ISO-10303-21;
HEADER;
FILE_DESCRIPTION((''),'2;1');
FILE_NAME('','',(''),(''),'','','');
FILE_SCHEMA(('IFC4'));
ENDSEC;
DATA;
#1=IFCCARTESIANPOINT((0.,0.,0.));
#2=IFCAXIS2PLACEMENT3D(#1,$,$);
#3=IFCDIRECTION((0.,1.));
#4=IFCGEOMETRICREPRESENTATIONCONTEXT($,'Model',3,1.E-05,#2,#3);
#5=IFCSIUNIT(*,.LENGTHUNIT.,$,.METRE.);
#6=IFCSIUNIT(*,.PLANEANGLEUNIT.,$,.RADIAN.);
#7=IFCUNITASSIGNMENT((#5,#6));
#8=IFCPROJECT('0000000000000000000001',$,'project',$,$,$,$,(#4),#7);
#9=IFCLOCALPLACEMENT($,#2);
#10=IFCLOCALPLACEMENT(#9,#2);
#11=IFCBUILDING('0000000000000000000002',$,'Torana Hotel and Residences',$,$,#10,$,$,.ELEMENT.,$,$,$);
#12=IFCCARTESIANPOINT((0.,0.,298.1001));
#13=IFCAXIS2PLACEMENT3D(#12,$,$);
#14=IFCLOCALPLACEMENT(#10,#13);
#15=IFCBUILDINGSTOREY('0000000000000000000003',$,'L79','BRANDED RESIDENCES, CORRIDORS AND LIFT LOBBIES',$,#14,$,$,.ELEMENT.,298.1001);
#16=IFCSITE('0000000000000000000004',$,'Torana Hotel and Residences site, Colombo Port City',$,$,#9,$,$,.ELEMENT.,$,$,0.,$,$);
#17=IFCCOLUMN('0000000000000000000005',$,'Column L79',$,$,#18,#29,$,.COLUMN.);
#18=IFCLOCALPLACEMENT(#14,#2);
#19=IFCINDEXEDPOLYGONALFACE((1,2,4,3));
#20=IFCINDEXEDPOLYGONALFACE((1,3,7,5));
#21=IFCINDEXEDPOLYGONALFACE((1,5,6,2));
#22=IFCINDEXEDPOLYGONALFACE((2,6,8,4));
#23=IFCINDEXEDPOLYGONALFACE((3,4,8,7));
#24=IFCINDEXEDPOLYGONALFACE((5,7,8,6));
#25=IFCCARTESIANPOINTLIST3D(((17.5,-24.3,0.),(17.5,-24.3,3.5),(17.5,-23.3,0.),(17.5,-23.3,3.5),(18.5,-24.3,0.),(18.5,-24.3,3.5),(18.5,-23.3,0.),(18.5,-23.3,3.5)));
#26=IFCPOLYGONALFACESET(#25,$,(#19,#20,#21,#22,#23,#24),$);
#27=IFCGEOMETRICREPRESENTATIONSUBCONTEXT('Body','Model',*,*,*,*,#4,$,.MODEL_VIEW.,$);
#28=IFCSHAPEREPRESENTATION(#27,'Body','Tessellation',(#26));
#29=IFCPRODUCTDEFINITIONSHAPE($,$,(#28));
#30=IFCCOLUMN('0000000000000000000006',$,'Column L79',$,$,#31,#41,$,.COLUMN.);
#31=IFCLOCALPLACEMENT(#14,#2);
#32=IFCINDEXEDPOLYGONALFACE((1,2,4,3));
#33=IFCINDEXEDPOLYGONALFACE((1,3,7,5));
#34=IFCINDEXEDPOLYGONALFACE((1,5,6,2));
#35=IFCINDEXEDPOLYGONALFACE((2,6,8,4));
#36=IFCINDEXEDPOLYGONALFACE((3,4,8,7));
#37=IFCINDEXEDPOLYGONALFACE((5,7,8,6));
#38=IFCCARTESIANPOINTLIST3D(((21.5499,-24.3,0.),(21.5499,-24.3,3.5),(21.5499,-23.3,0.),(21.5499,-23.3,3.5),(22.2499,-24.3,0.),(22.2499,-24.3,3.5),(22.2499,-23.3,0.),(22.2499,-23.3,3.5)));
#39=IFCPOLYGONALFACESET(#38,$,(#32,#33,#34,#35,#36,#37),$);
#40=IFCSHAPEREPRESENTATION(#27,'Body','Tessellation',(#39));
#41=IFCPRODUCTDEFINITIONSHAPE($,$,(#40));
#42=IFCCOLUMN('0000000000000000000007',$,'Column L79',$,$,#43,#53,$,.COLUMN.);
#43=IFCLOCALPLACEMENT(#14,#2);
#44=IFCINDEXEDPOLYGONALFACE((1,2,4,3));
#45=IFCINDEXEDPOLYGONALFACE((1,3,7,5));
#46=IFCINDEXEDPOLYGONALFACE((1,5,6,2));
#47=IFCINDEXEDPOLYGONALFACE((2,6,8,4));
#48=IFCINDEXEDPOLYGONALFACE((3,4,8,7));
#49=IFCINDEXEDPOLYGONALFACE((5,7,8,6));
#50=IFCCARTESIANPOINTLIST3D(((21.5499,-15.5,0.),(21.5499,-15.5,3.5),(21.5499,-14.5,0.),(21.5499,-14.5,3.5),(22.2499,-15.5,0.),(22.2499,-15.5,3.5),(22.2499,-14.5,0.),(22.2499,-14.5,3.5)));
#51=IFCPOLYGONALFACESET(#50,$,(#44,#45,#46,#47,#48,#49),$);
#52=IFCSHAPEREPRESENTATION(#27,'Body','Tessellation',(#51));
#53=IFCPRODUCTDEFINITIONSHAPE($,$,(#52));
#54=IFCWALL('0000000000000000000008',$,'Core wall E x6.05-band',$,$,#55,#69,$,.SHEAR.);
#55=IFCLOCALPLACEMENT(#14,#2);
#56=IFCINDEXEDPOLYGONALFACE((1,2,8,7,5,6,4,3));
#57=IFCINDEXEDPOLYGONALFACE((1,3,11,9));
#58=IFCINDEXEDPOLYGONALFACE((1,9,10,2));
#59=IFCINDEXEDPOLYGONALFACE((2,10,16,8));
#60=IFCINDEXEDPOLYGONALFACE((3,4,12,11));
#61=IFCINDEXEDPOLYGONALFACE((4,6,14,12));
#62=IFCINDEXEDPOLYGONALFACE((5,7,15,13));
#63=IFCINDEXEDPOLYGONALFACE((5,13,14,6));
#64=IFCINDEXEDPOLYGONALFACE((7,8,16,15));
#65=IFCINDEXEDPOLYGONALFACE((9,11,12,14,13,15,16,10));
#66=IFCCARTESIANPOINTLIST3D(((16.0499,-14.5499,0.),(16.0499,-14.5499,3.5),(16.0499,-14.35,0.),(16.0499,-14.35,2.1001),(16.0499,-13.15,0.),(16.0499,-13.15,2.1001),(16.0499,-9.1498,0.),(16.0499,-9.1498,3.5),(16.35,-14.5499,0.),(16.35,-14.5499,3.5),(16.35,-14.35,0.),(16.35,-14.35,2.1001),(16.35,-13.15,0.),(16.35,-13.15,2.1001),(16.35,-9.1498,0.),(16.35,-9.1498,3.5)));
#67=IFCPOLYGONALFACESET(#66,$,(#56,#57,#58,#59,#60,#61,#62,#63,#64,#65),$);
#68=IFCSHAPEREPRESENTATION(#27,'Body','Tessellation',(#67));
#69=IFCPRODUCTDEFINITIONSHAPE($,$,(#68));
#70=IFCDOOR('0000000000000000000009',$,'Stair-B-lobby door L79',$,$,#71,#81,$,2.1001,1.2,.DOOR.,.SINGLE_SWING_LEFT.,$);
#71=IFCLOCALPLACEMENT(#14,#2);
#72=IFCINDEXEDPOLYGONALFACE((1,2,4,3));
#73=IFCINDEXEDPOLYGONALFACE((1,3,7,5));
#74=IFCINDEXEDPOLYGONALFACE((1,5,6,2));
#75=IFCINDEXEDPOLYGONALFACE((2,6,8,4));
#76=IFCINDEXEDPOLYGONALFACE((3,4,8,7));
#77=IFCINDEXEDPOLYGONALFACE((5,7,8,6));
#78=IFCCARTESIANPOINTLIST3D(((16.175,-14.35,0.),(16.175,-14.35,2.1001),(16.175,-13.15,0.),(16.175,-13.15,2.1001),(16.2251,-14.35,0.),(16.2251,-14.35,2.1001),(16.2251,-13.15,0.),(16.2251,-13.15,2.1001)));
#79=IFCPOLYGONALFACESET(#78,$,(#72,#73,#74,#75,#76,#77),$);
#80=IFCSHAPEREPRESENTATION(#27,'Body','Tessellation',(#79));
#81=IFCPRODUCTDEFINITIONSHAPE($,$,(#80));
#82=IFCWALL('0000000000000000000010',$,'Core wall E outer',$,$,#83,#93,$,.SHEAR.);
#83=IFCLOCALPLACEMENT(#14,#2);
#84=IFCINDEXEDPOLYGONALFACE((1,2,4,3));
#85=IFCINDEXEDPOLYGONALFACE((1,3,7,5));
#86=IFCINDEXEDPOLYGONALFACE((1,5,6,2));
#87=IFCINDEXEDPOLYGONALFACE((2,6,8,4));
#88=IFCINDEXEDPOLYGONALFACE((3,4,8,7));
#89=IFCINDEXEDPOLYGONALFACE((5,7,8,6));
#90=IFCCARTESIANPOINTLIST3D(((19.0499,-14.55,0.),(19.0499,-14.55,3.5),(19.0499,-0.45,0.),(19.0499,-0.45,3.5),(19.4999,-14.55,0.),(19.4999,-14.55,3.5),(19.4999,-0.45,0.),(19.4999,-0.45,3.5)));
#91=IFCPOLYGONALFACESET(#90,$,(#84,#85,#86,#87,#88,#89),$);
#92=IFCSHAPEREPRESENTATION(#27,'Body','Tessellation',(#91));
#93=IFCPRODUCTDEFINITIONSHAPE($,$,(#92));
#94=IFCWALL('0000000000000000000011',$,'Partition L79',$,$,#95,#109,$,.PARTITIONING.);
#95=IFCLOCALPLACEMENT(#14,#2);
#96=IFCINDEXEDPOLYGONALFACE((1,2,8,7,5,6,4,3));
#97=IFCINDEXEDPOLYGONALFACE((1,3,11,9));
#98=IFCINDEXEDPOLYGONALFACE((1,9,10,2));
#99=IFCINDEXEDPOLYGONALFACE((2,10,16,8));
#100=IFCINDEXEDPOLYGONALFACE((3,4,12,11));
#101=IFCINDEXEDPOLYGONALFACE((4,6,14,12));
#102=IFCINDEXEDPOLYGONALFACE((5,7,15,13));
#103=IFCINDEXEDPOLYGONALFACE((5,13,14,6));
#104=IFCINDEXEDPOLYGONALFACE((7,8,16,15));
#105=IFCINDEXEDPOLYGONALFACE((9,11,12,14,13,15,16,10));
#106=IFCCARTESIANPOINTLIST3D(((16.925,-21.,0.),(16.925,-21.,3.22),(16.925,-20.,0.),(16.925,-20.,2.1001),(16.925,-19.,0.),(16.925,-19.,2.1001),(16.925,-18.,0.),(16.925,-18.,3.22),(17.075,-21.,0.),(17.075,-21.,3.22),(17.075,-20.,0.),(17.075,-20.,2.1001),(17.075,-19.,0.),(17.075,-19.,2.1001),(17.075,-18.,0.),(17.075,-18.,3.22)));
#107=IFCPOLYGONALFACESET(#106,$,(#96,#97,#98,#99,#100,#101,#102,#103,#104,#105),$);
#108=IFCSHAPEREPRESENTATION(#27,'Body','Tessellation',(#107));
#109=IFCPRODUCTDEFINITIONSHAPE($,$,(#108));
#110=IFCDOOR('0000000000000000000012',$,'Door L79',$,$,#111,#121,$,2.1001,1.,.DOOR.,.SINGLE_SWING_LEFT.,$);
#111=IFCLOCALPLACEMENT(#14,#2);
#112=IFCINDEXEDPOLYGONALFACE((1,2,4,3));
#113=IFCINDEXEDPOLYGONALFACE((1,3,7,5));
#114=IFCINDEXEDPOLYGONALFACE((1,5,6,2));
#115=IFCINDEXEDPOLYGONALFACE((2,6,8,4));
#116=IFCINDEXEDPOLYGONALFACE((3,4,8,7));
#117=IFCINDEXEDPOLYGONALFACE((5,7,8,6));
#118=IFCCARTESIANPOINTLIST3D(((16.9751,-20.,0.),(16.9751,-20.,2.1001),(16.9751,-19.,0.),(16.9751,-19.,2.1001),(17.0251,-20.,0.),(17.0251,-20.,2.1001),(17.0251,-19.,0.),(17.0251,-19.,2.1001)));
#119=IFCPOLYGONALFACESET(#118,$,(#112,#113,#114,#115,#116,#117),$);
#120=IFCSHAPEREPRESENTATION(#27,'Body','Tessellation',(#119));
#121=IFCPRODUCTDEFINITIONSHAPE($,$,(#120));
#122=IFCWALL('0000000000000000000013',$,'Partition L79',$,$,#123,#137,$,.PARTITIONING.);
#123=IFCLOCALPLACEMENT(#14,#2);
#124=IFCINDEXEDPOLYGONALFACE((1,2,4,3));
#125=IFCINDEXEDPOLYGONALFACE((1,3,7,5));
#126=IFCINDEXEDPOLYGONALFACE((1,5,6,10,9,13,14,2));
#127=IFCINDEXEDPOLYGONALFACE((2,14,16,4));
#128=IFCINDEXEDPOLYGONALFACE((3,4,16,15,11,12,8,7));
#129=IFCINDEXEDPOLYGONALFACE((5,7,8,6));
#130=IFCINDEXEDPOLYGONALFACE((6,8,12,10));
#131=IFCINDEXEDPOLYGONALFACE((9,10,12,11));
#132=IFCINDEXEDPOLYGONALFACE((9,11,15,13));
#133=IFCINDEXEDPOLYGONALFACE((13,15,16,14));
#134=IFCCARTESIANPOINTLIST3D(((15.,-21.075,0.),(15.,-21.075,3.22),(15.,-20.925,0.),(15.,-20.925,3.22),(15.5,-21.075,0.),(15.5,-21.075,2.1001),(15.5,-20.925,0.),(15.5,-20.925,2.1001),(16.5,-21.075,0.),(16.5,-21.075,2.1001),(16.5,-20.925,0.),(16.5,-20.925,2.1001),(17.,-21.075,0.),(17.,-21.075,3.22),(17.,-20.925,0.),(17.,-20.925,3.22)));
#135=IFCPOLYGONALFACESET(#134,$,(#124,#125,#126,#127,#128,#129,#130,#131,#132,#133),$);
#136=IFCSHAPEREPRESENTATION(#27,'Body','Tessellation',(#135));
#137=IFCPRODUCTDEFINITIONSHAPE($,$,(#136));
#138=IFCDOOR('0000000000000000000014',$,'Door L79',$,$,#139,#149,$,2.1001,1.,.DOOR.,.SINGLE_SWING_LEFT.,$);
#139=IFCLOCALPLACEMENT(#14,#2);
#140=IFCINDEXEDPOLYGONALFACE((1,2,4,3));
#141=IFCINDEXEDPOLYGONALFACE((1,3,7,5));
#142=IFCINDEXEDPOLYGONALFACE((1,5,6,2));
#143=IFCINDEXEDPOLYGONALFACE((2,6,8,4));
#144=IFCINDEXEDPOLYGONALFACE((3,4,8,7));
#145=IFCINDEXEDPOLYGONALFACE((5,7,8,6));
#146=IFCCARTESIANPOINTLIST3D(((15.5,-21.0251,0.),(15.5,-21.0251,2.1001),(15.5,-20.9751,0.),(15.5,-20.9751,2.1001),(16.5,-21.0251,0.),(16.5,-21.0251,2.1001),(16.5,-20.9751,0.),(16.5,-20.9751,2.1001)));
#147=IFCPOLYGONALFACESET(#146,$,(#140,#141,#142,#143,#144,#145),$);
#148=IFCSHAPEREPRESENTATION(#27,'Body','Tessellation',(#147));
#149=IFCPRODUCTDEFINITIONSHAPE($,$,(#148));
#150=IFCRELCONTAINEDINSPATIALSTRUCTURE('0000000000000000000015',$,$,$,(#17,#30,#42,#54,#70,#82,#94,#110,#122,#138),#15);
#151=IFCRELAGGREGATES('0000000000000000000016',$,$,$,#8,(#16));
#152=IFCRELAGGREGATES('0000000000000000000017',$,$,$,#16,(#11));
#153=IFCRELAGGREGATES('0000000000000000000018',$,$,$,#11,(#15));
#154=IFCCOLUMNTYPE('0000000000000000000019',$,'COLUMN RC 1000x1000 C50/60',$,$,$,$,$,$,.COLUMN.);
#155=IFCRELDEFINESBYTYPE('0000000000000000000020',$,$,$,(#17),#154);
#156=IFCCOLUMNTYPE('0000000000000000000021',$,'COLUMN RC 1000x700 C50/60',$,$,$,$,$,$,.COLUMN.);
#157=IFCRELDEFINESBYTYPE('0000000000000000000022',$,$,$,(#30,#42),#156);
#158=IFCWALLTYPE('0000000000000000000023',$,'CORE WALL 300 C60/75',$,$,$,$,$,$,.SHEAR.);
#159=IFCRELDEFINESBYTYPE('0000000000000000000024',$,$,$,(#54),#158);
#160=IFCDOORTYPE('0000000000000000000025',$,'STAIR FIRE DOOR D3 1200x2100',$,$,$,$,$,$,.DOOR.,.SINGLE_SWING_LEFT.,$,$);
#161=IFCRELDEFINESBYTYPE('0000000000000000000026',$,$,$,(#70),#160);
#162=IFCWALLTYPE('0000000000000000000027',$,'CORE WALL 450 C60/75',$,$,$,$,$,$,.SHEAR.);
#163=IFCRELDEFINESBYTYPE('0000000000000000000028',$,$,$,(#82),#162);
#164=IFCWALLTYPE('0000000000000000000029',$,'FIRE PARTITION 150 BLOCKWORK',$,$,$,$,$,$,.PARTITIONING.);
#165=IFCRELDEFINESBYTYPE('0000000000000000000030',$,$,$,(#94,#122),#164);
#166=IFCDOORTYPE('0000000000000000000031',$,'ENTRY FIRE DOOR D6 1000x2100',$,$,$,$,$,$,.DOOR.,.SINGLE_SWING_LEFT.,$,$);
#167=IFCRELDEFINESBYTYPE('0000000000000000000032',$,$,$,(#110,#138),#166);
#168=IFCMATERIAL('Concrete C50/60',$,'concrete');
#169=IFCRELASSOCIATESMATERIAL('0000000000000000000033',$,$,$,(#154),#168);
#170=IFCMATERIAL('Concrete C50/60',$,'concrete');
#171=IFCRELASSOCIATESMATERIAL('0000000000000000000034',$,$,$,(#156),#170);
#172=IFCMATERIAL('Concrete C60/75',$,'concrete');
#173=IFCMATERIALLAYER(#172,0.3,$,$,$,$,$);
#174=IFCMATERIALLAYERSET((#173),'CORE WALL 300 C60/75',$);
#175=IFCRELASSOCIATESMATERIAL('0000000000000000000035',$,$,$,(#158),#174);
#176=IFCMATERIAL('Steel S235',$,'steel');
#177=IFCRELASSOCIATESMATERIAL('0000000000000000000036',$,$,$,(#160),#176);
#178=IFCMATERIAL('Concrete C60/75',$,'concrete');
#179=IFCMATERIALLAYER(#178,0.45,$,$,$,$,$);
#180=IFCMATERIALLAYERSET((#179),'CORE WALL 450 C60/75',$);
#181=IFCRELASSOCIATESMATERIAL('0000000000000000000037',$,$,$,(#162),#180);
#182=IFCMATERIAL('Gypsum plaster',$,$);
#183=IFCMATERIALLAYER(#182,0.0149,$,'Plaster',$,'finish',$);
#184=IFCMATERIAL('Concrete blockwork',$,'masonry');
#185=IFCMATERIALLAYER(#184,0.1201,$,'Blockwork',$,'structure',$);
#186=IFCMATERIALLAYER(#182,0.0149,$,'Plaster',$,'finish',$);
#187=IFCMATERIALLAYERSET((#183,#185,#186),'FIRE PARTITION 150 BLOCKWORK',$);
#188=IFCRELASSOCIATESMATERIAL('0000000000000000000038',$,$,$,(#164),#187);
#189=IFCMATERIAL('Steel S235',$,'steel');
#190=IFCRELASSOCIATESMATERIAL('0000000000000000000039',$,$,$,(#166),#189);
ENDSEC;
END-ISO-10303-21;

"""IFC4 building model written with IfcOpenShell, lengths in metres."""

from ifc_helpers import new_model, si_unit, direction, frame, frame_2d, origin, origin_2d, place, context, subcontext, project, spatial, rectangle, extrude, material, layer, layer_set, material_profile, profile_set, type_object, element, fill, save


model = new_model("IFC4")

# Units and contexts
model_context = context("Model", 3, precision=1e-05, world=origin(), true_north=direction((0.0, 1.0)))
body_context = subcontext(model_context, "Body", "Model", "MODEL_VIEW")
ifc_project = project(units=[si_unit("LENGTHUNIT", "METRE"), si_unit("PLANEANGLEUNIT", "RADIAN")], contexts=[model_context])

# Site, building, storey
site_placement = place(None, origin())
site = spatial("IfcSite", under=ifc_project, at=site_placement, Name="Torana Hotel and Residences site, Colombo Port City", CompositionType="ELEMENT", RefElevation=0.0)
building_placement = place(site_placement, origin())
building = spatial("IfcBuilding", under=site, at=building_placement, Name="Torana Hotel and Residences", CompositionType="ELEMENT")
storey_placement = place(building_placement, frame((0.0, 0.0, 298.1001)))
storey = spatial("IfcBuildingStorey", under=building, at=storey_placement, Name="L79", Description="BRANDED RESIDENCES, CORRIDORS AND LIFT LOBBIES", CompositionType="ELEMENT", Elevation=298.1001)

# Columns
ifc_material_1 = material(Name="Concrete C50/60", Category="concrete")
ifc_material_profile_1 = material_profile(ifc_material_1, rectangle(XDim=1.0, YDim=1.0, at=origin_2d()), Name="RC 1000x1000")
ifc_profile_set_1 = profile_set([ifc_material_profile_1], Name="Concrete C50/60")
column_type_1 = type_object("IfcColumnType", Name="COLUMN RC 1000x1000 C50/60", PredefinedType="COLUMN", material=ifc_profile_set_1)
column_placement = place(storey_placement, frame((18.0, -23.8, 0.0), z_axis=(0.0, 0.0, 1.0), x_axis=(1.0, 0.0, 0.0)))
element("IfcColumn", 1, at=column_placement, inside=storey, type_object=column_type_1, Name="Column L79", PredefinedType="COLUMN", context=body_context, shape_type="SweptSolid", body=[
    extrude(rectangle(XDim=1.0, YDim=1.0, at=origin_2d()), origin(), (0.0, 0.0, 1.0), 3.5),
])
ifc_material_2 = material(Name="Concrete C50/60", Category="concrete")
ifc_material_profile_2 = material_profile(ifc_material_2, rectangle(XDim=1.0, YDim=0.7, at=origin_2d()), Name="RC 1000x700")
ifc_profile_set_2 = profile_set([ifc_material_profile_2], Name="Concrete C50/60")
column_type_2 = type_object("IfcColumnType", Name="COLUMN RC 1000x700 C50/60", PredefinedType="COLUMN", material=ifc_profile_set_2)
for number, where, z_axis, x_axis, name in (
    (2, (21.8999, -23.8, 0.0), (0.0, 0.0, 1.0), (0.0, 1.0, 0.0), "Column L79"),
    (3, (21.8999, -15.0, 0.0), (0.0, 0.0, 1.0), (0.0, 1.0, 0.0), "Column L79"),
):
    element("IfcColumn", number, at=place(storey_placement, frame(where, z_axis=z_axis, x_axis=x_axis)), inside=storey, type_object=column_type_2, Name=name, PredefinedType="COLUMN", context=body_context, shape_type="SweptSolid", body=[
        extrude(rectangle(XDim=1.0, YDim=0.7, at=origin_2d()), origin(), (0.0, 0.0, 1.0), 3.5),
    ])

# Wall, opening, door
ifc_material_3 = material(Name="Concrete C60/75", Category="concrete")
ifc_layer_1 = layer(ifc_material_3, 0.3)
ifc_layer_set_1 = layer_set([ifc_layer_1], Name="CORE WALL 300 C60/75")
wall_type_1 = type_object("IfcWallType", Name="CORE WALL 300 C60/75", PredefinedType="SHEAR", material=ifc_layer_set_1)
wall_1_placement = place(storey_placement, frame((16.2, -14.55, 0.0), z_axis=(0.0, 0.0, 1.0), x_axis=(0.0, 1.0, 0.0)))
wall_1 = element("IfcWall", 4, at=wall_1_placement, inside=storey, type_object=wall_type_1, Name="Core wall E x6.05-band", PredefinedType="SHEAR", context=body_context, shape_type="SweptSolid", body=[
    extrude(rectangle(XDim=5.4001, YDim=0.3, at=frame_2d((2.7002, 0.0))), origin(), (0.0, 0.0, 1.0), 3.5),
])
opening_1_placement = place(wall_1_placement, frame((0.2, 0.0, 0.0)))
opening_1 = element("IfcOpeningElement", 5, at=opening_1_placement, cuts=wall_1, PredefinedType="OPENING", context=body_context, shape_type="SweptSolid", body=[
    extrude(rectangle(XDim=1.2, YDim=2.1001, at=frame_2d((0.6001, 1.05))), frame((0.0, 0.1599, 0.0), z_axis=(0.0, -1.0, 0.0), x_axis=(1.0, 0.0, 0.0)), (0.0, 0.0, 1.0), 0.3201),
])
ifc_material_4 = material(Name="Steel S235", Category="steel")
door_type_1 = type_object("IfcDoorType", Name="STAIR FIRE DOOR D3 1200x2100", OperationType="SINGLE_SWING_LEFT", PredefinedType="DOOR", material=ifc_material_4)
door_1_placement = place(opening_1_placement, frame((0.6001, 0.0, 0.0), z_axis=(0.0, 0.0, 1.0), x_axis=(-1.0, 0.0, 0.0)))
door_1 = element("IfcDoor", 6, at=door_1_placement, inside=storey, type_object=door_type_1, Name="Stair-B-lobby door L79", OperationType="SINGLE_SWING_LEFT", OverallHeight=2.1001, OverallWidth=1.2, PredefinedType="DOOR", context=body_context, shape_type="SweptSolid", body=[
    extrude(rectangle(XDim=1.2, YDim=2.1001, at=frame_2d((0.0, 1.05))), frame((0.0, -0.0249, 0.0), z_axis=(0.0, 1.0, 0.0), x_axis=(-1.0, 0.0, 0.0)), (0.0, 0.0, 1.0), 0.05),
])
fill(opening_1, door_1)

# Wall
ifc_material_5 = material(Name="Concrete C60/75", Category="concrete")
ifc_layer_2 = layer(ifc_material_5, 0.45)
ifc_layer_set_2 = layer_set([ifc_layer_2], Name="CORE WALL 450 C60/75")
wall_type_2 = type_object("IfcWallType", Name="CORE WALL 450 C60/75", PredefinedType="SHEAR", material=ifc_layer_set_2)
wall_2_placement = place(storey_placement, frame((19.2749, -14.55, 0.0), z_axis=(0.0, 0.0, 1.0), x_axis=(0.0, 1.0, 0.0)))
element("IfcWall", 7, at=wall_2_placement, inside=storey, type_object=wall_type_2, Name="Core wall E outer", PredefinedType="SHEAR", context=body_context, shape_type="SweptSolid", body=[
    extrude(rectangle(XDim=14.1001, YDim=0.45, at=frame_2d((7.05, 0.0))), origin(), (0.0, 0.0, 1.0), 3.5),
])

# Walls, openings, doors
ifc_material_6 = material(Name="Gypsum plaster")
ifc_layer_3 = layer(ifc_material_6, 0.0149, Name="Plaster", Category="finish")
ifc_material_7 = material(Name="Concrete blockwork", Category="masonry")
ifc_layer_4 = layer(ifc_material_7, 0.1201, Name="Blockwork", Category="structure")
ifc_layer_5 = layer(ifc_material_6, 0.0149, Name="Plaster", Category="finish")
ifc_layer_set_3 = layer_set([ifc_layer_3, ifc_layer_4, ifc_layer_5], Name="FIRE PARTITION 150 BLOCKWORK")
wall_type_3 = type_object("IfcWallType", Name="FIRE PARTITION 150 BLOCKWORK", PredefinedType="PARTITIONING", material=ifc_layer_set_3)
wall_3_placement = place(storey_placement, frame((17.0, -21.0, 0.0), z_axis=(0.0, 0.0, 1.0), x_axis=(0.0, 1.0, 0.0)))
wall_3 = element("IfcWall", 8, at=wall_3_placement, inside=storey, type_object=wall_type_3, Name="Partition L79", PredefinedType="PARTITIONING", context=body_context, shape_type="SweptSolid", body=[
    extrude(rectangle(XDim=3.0, YDim=0.1499, at=frame_2d((1.5, 0.0))), origin(), (0.0, 0.0, 1.0), 3.22),
])
opening_2_placement = place(wall_3_placement, frame((1.0, 0.0, 0.0)))
opening_2 = element("IfcOpeningElement", 9, at=opening_2_placement, cuts=wall_3, PredefinedType="OPENING", context=body_context, shape_type="SweptSolid", body=[
    extrude(rectangle(XDim=1.0, YDim=2.1001, at=frame_2d((0.5, 1.05))), frame((0.0, 0.085, 0.0), z_axis=(0.0, -1.0, 0.0), x_axis=(1.0, 0.0, 0.0)), (0.0, 0.0, 1.0), 0.1699),
])
ifc_material_8 = material(Name="Steel S235", Category="steel")
door_type_2 = type_object("IfcDoorType", Name="ENTRY FIRE DOOR D6 1000x2100", OperationType="SINGLE_SWING_LEFT", PredefinedType="DOOR", material=ifc_material_8)
door_2_placement = place(opening_2_placement, frame((0.5, 0.0, 0.0), z_axis=(0.0, 0.0, 1.0), x_axis=(-1.0, 0.0, 0.0)))
door_2 = element("IfcDoor", 10, at=door_2_placement, inside=storey, type_object=door_type_2, Name="Door L79", OperationType="SINGLE_SWING_LEFT", OverallHeight=2.1001, OverallWidth=1.0, PredefinedType="DOOR", context=body_context, shape_type="SweptSolid", body=[
    extrude(rectangle(XDim=1.0, YDim=2.1001, at=frame_2d((0.0, 1.05))), frame((0.0, -0.0249, 0.0), z_axis=(0.0, 1.0, 0.0), x_axis=(-1.0, 0.0, 0.0)), (0.0, 0.0, 1.0), 0.05),
])
fill(opening_2, door_2)
wall_4_placement = place(storey_placement, frame((15.0, -21.0, 0.0), z_axis=(0.0, 0.0, 1.0), x_axis=(1.0, 0.0, 0.0)))
wall_4 = element("IfcWall", 11, at=wall_4_placement, inside=storey, type_object=wall_type_3, Name="Partition L79", PredefinedType="PARTITIONING", context=body_context, shape_type="SweptSolid", body=[
    extrude(rectangle(XDim=2.0, YDim=0.1499, at=frame_2d((1.0, 0.0))), origin(), (0.0, 0.0, 1.0), 3.22),
])
opening_3_placement = place(wall_4_placement, frame((0.5, 0.0, 0.0)))
opening_3 = element("IfcOpeningElement", 12, at=opening_3_placement, cuts=wall_4, PredefinedType="OPENING", context=body_context, shape_type="SweptSolid", body=[
    extrude(rectangle(XDim=1.0, YDim=2.1001, at=frame_2d((0.5, 1.05))), frame((0.0, 0.085, 0.0), z_axis=(0.0, -1.0, 0.0), x_axis=(1.0, 0.0, 0.0)), (0.0, 0.0, 1.0), 0.1699),
])
door_3_placement = place(opening_3_placement, frame((0.5, 0.0, 0.0), z_axis=(0.0, 0.0, 1.0), x_axis=(-1.0, 0.0, 0.0)))
door_3 = element("IfcDoor", 13, at=door_3_placement, inside=storey, type_object=door_type_2, Name="Door L79", OperationType="SINGLE_SWING_LEFT", OverallHeight=2.1001, OverallWidth=1.0, PredefinedType="DOOR", context=body_context, shape_type="SweptSolid", body=[
    extrude(rectangle(XDim=1.0, YDim=2.1001, at=frame_2d((0.0, 1.05))), frame((0.0, -0.0249, 0.0), z_axis=(0.0, 1.0, 0.0), x_axis=(-1.0, 0.0, 0.0)), (0.0, 0.0, 1.0), 0.05),
])
fill(opening_3, door_3)

save(model, "model.ifc")
